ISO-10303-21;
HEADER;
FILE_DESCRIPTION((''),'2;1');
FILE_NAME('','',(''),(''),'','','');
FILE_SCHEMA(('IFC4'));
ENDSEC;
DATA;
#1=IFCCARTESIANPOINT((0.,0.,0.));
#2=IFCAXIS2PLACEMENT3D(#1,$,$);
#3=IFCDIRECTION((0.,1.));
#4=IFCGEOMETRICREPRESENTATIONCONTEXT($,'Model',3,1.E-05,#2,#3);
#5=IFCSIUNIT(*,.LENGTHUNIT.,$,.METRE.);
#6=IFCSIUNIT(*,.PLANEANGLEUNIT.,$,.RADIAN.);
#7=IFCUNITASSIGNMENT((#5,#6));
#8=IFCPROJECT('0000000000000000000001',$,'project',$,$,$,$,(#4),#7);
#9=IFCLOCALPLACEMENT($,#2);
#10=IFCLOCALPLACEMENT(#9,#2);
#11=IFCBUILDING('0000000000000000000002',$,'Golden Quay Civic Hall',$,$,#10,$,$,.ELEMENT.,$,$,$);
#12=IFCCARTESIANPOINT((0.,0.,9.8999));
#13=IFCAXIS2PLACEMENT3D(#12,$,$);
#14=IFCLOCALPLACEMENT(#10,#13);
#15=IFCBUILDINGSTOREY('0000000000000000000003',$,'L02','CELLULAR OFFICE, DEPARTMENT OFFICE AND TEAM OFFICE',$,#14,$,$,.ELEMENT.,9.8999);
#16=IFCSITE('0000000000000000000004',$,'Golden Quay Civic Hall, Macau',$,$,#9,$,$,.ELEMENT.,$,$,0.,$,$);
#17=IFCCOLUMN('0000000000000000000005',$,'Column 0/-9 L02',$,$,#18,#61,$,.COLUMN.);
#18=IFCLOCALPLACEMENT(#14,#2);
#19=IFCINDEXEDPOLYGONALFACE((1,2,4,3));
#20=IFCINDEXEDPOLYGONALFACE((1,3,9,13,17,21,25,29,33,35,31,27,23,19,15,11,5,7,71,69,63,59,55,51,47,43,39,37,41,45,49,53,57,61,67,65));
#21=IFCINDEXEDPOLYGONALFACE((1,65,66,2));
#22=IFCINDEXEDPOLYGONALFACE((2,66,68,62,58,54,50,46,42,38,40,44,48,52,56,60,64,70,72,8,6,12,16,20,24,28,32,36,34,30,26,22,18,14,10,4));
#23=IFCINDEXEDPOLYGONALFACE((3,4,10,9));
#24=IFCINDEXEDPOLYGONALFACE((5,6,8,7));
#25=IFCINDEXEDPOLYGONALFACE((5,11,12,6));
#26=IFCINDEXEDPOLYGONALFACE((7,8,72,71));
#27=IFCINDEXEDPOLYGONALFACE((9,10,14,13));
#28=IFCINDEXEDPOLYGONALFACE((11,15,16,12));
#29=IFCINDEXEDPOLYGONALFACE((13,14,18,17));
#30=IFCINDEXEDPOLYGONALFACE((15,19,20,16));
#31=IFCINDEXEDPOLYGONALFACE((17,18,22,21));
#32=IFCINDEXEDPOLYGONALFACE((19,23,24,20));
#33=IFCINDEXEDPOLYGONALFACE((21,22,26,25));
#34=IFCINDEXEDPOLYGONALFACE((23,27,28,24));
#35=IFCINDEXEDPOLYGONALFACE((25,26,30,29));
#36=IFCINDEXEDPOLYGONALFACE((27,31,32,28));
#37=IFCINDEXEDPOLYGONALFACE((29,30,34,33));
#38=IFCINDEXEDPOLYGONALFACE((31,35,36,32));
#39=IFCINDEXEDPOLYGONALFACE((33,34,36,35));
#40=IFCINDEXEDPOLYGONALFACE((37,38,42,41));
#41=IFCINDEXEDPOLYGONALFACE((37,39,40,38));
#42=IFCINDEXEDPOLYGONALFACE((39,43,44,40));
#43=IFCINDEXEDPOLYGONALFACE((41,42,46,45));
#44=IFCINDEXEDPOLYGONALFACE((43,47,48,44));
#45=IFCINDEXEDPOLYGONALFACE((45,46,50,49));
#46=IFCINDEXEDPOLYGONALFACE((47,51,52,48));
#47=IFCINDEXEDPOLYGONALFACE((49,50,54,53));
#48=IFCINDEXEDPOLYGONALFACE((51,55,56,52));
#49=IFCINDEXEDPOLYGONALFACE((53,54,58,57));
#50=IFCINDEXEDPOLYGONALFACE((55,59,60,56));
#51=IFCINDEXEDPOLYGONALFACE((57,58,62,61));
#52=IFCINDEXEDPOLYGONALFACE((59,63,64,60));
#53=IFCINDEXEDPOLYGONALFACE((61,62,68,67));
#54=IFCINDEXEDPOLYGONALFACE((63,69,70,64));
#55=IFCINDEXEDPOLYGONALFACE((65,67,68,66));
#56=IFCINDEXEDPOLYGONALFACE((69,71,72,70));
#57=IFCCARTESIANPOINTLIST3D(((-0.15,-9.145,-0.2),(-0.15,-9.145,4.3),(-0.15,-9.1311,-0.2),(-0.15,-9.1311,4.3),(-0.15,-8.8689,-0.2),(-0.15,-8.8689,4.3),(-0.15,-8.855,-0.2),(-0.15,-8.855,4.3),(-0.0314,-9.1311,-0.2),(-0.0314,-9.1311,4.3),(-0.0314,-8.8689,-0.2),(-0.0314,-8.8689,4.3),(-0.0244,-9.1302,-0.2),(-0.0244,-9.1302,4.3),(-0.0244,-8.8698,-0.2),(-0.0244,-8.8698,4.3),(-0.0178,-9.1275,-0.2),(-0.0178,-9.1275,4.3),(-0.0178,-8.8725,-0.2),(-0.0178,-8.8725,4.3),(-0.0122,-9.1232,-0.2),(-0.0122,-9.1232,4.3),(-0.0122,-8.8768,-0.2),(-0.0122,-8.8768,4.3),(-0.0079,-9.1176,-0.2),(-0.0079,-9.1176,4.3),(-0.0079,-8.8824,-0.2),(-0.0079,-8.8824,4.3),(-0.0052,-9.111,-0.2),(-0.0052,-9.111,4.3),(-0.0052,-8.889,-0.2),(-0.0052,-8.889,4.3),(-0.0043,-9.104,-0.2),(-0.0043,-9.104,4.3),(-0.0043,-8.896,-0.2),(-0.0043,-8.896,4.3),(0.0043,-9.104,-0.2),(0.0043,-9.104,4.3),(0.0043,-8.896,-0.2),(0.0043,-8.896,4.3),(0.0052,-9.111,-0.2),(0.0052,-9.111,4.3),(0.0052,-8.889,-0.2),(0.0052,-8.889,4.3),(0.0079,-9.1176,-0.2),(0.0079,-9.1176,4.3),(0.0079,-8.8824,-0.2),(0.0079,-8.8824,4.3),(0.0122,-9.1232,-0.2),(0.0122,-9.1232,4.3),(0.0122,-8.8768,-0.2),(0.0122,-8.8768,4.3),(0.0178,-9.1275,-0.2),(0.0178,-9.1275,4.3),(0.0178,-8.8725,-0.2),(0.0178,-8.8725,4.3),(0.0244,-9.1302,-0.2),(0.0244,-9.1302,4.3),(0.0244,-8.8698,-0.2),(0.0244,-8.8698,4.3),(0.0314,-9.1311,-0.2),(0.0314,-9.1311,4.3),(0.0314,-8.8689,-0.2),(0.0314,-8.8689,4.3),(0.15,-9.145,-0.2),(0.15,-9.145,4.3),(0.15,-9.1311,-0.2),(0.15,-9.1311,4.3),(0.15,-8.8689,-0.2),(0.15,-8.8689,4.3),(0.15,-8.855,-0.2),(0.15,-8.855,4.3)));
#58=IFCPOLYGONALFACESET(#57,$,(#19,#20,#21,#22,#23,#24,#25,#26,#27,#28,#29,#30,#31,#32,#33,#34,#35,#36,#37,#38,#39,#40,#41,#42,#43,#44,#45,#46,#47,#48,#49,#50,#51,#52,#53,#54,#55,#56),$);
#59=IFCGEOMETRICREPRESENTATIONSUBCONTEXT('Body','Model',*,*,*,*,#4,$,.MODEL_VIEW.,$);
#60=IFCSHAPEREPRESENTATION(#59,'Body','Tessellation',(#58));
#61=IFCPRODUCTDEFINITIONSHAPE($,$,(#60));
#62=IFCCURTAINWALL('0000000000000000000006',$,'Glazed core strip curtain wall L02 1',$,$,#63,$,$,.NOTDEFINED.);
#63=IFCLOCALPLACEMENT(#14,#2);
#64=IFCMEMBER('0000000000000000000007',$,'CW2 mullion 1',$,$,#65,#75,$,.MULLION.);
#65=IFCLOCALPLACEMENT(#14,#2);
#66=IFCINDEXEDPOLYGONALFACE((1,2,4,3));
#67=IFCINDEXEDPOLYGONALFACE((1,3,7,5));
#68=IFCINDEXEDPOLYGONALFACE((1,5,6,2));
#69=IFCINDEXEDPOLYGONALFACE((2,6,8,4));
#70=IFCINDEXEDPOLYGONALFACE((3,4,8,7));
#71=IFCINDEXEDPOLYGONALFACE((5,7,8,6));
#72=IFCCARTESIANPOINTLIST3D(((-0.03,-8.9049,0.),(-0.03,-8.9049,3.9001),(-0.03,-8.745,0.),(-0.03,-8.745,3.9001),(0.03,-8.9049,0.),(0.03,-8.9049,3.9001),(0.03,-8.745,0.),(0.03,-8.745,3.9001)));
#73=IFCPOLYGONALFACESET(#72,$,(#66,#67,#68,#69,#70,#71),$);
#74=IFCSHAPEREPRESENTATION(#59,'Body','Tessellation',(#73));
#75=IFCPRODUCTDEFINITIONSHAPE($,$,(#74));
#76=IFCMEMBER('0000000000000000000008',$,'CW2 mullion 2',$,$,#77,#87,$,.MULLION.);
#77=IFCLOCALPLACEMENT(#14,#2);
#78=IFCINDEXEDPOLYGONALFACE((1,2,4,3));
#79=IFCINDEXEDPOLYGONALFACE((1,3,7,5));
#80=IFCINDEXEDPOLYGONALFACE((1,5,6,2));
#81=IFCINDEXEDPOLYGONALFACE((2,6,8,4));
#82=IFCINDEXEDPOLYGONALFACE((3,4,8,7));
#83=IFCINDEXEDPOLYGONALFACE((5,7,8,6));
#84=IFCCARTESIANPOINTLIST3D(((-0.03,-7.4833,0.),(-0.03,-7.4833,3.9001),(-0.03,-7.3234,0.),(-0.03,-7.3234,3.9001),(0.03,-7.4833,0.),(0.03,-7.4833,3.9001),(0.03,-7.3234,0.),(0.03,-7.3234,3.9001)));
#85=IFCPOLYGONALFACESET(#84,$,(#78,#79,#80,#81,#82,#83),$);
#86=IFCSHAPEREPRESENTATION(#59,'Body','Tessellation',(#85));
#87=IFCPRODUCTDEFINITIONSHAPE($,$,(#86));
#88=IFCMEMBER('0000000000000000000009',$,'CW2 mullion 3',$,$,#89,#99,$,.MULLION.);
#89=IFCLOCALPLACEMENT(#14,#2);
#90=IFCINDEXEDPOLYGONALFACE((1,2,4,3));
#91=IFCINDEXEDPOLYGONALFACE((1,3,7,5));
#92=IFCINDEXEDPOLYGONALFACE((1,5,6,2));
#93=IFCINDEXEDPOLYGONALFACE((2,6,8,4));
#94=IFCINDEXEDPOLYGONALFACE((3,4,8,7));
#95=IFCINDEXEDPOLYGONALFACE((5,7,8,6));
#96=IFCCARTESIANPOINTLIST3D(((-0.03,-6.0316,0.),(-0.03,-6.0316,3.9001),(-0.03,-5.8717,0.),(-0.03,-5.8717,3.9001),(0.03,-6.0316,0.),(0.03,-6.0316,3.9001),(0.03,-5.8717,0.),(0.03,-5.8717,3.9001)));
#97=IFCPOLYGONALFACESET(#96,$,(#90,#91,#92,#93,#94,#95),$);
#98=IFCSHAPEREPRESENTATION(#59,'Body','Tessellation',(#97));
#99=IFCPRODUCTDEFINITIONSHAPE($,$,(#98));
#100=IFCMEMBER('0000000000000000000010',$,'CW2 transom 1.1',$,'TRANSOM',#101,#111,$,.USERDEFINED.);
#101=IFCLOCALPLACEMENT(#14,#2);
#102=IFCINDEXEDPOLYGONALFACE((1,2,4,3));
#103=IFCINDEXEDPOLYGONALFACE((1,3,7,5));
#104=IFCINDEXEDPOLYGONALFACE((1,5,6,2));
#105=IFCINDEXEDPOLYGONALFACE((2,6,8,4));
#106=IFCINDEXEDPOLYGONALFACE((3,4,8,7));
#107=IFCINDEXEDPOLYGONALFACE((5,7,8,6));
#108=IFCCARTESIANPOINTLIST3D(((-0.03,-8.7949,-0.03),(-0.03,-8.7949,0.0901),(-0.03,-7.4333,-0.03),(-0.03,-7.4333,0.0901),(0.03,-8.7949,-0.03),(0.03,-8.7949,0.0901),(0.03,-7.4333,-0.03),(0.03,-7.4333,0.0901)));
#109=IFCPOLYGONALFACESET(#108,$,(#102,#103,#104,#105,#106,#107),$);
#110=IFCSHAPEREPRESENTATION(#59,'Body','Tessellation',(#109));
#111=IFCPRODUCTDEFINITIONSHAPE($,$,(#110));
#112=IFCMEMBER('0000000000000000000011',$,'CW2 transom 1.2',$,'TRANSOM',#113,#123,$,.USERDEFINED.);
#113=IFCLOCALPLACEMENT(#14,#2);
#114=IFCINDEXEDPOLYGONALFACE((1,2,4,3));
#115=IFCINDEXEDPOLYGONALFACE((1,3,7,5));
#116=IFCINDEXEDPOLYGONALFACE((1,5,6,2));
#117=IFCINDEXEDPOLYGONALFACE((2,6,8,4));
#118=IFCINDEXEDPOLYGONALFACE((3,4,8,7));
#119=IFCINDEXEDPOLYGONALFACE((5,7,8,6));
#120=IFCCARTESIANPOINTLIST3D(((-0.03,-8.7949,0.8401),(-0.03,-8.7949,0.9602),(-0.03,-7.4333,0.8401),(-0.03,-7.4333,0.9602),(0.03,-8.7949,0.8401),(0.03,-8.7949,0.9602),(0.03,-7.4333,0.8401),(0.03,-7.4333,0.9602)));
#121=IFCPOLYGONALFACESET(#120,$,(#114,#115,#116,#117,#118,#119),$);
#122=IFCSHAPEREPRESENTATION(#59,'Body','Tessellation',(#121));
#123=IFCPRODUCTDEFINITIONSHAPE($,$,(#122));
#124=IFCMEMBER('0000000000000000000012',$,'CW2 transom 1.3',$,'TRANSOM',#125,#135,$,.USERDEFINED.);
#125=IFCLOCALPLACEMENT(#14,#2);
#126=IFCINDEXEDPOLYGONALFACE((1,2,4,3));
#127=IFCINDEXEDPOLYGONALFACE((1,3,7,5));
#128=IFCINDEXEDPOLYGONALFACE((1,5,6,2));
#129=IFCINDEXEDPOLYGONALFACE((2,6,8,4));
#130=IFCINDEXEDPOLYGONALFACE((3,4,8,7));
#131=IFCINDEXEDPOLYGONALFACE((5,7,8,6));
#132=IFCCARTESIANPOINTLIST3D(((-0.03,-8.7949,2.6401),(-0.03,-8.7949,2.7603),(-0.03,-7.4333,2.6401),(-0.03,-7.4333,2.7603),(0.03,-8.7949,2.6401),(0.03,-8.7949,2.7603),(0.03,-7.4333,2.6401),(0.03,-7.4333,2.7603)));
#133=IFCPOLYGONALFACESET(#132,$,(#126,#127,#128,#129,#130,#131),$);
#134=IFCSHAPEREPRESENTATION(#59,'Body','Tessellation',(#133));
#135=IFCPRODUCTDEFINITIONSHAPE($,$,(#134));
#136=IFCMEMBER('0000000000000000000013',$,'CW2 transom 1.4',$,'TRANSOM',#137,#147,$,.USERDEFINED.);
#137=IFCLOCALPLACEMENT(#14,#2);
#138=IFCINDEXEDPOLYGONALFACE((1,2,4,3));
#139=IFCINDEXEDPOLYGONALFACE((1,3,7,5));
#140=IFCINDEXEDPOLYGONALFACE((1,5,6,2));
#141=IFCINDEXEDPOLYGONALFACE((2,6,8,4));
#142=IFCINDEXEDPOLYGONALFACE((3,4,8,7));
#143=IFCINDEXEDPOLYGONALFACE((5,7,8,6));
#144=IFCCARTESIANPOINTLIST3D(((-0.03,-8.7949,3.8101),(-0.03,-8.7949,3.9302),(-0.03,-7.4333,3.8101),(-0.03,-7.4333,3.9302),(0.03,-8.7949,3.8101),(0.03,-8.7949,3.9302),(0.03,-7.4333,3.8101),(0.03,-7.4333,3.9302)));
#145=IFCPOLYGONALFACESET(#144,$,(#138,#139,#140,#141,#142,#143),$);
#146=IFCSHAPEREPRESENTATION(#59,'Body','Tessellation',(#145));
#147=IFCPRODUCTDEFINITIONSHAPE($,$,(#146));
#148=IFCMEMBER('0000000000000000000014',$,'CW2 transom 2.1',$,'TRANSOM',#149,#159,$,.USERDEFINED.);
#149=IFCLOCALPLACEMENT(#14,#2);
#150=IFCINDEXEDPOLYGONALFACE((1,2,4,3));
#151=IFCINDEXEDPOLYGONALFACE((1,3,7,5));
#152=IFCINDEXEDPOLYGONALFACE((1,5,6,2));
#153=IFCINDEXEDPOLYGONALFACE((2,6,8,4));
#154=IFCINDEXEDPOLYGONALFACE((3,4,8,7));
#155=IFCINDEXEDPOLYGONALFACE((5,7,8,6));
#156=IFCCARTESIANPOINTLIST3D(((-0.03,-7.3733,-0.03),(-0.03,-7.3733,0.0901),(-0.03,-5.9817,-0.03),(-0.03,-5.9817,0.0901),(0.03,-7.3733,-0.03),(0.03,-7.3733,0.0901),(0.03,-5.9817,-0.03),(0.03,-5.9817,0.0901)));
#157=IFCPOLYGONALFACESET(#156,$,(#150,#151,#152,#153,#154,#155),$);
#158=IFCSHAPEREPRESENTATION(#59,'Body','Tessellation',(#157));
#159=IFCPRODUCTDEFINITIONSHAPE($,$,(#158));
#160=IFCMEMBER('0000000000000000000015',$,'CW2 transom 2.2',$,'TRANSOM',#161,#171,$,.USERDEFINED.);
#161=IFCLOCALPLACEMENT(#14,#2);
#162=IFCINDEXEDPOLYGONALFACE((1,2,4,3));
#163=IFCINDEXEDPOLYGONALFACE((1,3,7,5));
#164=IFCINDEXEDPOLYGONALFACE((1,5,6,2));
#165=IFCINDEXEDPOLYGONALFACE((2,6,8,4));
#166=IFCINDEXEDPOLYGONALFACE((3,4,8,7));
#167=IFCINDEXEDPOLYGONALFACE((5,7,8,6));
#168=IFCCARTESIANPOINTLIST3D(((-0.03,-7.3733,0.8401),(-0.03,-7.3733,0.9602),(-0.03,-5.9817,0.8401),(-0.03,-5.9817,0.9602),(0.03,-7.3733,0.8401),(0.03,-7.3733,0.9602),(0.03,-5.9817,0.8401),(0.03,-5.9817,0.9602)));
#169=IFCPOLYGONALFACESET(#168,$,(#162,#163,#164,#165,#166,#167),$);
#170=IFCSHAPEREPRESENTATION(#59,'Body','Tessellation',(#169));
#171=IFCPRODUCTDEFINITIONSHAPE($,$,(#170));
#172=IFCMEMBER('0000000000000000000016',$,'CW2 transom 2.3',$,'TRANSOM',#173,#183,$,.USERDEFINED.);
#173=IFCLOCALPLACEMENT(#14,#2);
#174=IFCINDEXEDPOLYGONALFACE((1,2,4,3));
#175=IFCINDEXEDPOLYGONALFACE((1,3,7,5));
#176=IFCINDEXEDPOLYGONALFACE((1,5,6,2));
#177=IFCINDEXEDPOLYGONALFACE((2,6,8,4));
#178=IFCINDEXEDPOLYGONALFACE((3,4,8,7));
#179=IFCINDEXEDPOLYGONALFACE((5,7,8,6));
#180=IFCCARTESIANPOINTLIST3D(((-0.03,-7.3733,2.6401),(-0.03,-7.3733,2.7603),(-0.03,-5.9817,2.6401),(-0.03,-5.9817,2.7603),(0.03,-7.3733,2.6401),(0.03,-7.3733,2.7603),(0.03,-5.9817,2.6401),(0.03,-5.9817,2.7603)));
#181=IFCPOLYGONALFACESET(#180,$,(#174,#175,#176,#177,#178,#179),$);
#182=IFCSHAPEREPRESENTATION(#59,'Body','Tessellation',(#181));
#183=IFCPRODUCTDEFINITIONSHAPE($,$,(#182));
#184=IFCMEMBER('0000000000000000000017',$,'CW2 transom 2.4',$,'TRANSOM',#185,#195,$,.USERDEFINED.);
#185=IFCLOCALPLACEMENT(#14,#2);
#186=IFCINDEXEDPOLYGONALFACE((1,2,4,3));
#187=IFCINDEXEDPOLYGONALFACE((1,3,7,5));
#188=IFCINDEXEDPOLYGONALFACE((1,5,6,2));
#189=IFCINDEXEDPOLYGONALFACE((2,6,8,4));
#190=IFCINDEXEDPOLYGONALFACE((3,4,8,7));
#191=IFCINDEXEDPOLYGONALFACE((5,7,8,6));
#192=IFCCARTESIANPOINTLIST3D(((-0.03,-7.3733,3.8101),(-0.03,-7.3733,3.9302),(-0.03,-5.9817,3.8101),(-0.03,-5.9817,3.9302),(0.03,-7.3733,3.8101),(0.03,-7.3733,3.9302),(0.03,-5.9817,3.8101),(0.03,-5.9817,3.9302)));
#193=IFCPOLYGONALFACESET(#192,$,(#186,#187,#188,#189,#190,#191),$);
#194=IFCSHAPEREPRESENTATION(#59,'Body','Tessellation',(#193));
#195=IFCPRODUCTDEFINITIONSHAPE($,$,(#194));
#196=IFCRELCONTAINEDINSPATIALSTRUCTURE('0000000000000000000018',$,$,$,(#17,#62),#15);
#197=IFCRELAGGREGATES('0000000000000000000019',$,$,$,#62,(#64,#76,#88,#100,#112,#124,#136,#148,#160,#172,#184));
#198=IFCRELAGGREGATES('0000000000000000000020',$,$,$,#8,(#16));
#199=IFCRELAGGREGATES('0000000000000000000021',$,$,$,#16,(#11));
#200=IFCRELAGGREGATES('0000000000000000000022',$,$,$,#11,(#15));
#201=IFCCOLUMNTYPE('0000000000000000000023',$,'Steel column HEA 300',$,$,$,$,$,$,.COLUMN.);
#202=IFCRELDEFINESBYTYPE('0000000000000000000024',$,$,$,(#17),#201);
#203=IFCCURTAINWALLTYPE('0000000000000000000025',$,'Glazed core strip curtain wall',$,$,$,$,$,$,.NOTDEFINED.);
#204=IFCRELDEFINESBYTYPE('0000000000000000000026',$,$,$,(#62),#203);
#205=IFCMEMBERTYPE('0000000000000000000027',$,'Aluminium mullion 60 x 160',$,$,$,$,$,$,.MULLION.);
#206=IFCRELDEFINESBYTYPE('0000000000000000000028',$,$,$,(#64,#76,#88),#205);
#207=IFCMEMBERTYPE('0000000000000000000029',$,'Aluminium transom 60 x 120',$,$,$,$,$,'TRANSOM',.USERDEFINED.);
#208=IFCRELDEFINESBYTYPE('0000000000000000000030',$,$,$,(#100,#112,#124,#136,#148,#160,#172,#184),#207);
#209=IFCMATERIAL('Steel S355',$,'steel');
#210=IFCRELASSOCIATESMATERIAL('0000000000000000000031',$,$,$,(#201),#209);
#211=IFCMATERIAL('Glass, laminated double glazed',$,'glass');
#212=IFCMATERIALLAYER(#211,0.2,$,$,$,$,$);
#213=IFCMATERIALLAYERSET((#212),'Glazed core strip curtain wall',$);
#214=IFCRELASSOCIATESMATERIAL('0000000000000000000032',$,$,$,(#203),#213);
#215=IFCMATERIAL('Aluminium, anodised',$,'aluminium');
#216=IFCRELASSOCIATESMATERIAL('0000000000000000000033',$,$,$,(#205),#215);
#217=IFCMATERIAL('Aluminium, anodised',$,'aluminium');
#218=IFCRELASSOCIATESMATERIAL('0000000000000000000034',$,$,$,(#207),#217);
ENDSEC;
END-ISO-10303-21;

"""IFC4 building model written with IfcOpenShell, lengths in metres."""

from ifc_helpers import new_model, si_unit, direction, frame, origin, origin_2d, place, context, subcontext, project, spatial, rectangle, i_section, extrude, material, layer, layer_set, material_profile, profile_set, type_object, element, aggregate, save


model = new_model("IFC4")

# Units and contexts
model_context = context("Model", 3, precision=1e-05, world=origin(), true_north=direction((0.0, 1.0)))
body_context = subcontext(model_context, "Body", "Model", "MODEL_VIEW")
ifc_project = project(units=[si_unit("LENGTHUNIT", "METRE"), si_unit("PLANEANGLEUNIT", "RADIAN")], contexts=[model_context])

# Site, building, storey
site_placement = place(None, origin())
site = spatial("IfcSite", under=ifc_project, at=site_placement, Name="Golden Quay Civic Hall, Macau", CompositionType="ELEMENT", RefElevation=0.0)
building_placement = place(site_placement, origin())
building = spatial("IfcBuilding", under=site, at=building_placement, Name="Golden Quay Civic Hall", CompositionType="ELEMENT")
storey_placement = place(building_placement, frame((0.0, 0.0, 9.8999)))
storey = spatial("IfcBuildingStorey", under=building, at=storey_placement, Name="L02", Description="CELLULAR OFFICE, DEPARTMENT OFFICE AND TEAM OFFICE", CompositionType="ELEMENT", Elevation=9.8999)

# Column
ifc_material_1 = material(Name="Steel S355", Category="steel")
ifc_material_profile_1 = material_profile(ifc_material_1, i_section(OverallWidth=0.3, OverallDepth=0.29, WebThickness=0.0085, FlangeThickness=0.0139, FilletRadius=0.0271, at=origin_2d()), Name="HEA 300")
ifc_profile_set_1 = profile_set([ifc_material_profile_1], Name="Steel S355")
column_type = type_object("IfcColumnType", Name="Steel column HEA 300", PredefinedType="COLUMN", material=ifc_profile_set_1)
column_placement = place(storey_placement, frame((0.0, -9.0, -0.2), z_axis=(0.0, 0.0, 1.0), x_axis=(1.0, 0.0, 0.0)))
element("IfcColumn", 1, at=column_placement, inside=storey, type_object=column_type, Name="Column 0/-9 L02", PredefinedType="COLUMN", context=body_context, shape_type="SweptSolid", body=[
    extrude(i_section(OverallWidth=0.3, OverallDepth=0.29, WebThickness=0.0085, FlangeThickness=0.0139, FilletRadius=0.0271, at=origin_2d()), origin(), (0.0, 0.0, 1.0), 4.5),
])

# Curtain wall, members
ifc_material_2 = material(Name="Glass, laminated double glazed", Category="glass")
ifc_layer_1 = layer(ifc_material_2, 0.2)
ifc_layer_set_1 = layer_set([ifc_layer_1], Name="Glazed core strip curtain wall")
curtain_wall_type = type_object("IfcCurtainWallType", Name="Glazed core strip curtain wall", PredefinedType="NOTDEFINED", material=ifc_layer_set_1)
curtain_wall_placement = place(storey_placement, origin())
curtain_wall = element("IfcCurtainWall", 2, at=curtain_wall_placement, inside=storey, type_object=curtain_wall_type, Name="Glazed core strip curtain wall L02 1", PredefinedType="NOTDEFINED")
ifc_material_3 = material(Name="Aluminium, anodised", Category="aluminium")
ifc_material_profile_2 = material_profile(ifc_material_3, rectangle(XDim=0.0601, YDim=0.1599, at=origin_2d()), Name="Aluminium 60 x 160")
ifc_profile_set_2 = profile_set([ifc_material_profile_2], Name="Aluminium, anodised")
member_type_1 = type_object("IfcMemberType", Name="Aluminium mullion 60 x 160", PredefinedType="MULLION", material=ifc_profile_set_2)
member_1_placement = place(storey_placement, frame((0.0, -8.825, 0.0), z_axis=(0.0, 0.0, 1.0), x_axis=(-1.0, 0.0, 0.0)))
member_1 = element("IfcMember", 3, at=member_1_placement, type_object=member_type_1, Name="CW2 mullion 1", PredefinedType="MULLION", context=body_context, shape_type="SweptSolid", body=[
    extrude(rectangle(XDim=0.0601, YDim=0.1599, at=origin_2d()), origin(), (0.0, 0.0, 1.0), 3.9001),
])
member_2_placement = place(storey_placement, frame((0.0, -7.4033, 0.0), z_axis=(0.0, 0.0, 1.0), x_axis=(-1.0, 0.0, 0.0)))
member_2 = element("IfcMember", 4, at=member_2_placement, type_object=member_type_1, Name="CW2 mullion 2", PredefinedType="MULLION", context=body_context, shape_type="SweptSolid", body=[
    extrude(rectangle(XDim=0.0601, YDim=0.1599, at=origin_2d()), origin(), (0.0, 0.0, 1.0), 3.9001),
])
member_3_placement = place(storey_placement, frame((0.0, -5.9517, 0.0), z_axis=(0.0, 0.0, 1.0), x_axis=(-1.0, 0.0, 0.0)))
member_3 = element("IfcMember", 5, at=member_3_placement, type_object=member_type_1, Name="CW2 mullion 3", PredefinedType="MULLION", context=body_context, shape_type="SweptSolid", body=[
    extrude(rectangle(XDim=0.0601, YDim=0.1599, at=origin_2d()), origin(), (0.0, 0.0, 1.0), 3.9001),
])
ifc_material_4 = material(Name="Aluminium, anodised", Category="aluminium")
ifc_material_profile_3 = material_profile(ifc_material_4, rectangle(XDim=0.0601, YDim=0.1201, at=origin_2d()), Name="Aluminium 60 x 120")
ifc_profile_set_3 = profile_set([ifc_material_profile_3], Name="Aluminium, anodised")
member_type_2 = type_object("IfcMemberType", Name="Aluminium transom 60 x 120", ElementType="TRANSOM", PredefinedType="USERDEFINED", material=ifc_profile_set_3)
member_4_placement = place(storey_placement, frame((0.0, -8.7949, 0.03), z_axis=(0.0, 1.0, 0.0), x_axis=(-1.0, 0.0, 0.0)))
member_4 = element("IfcMember", 6, at=member_4_placement, type_object=member_type_2, Name="CW2 transom 1.1", ObjectType="TRANSOM", PredefinedType="USERDEFINED", context=body_context, shape_type="SweptSolid", body=[
    extrude(rectangle(XDim=0.0601, YDim=0.1201, at=origin_2d()), origin(), (0.0, 0.0, 1.0), 1.3616),
])
member_5_placement = place(storey_placement, frame((0.0, -8.7949, 0.9001), z_axis=(0.0, 1.0, 0.0), x_axis=(-1.0, 0.0, 0.0)))
member_5 = element("IfcMember", 7, at=member_5_placement, type_object=member_type_2, Name="CW2 transom 1.2", ObjectType="TRANSOM", PredefinedType="USERDEFINED", context=body_context, shape_type="SweptSolid", body=[
    extrude(rectangle(XDim=0.0601, YDim=0.1201, at=origin_2d()), origin(), (0.0, 0.0, 1.0), 1.3616),
])
member_6_placement = place(storey_placement, frame((0.0, -8.7949, 2.7002), z_axis=(0.0, 1.0, 0.0), x_axis=(-1.0, 0.0, 0.0)))
member_6 = element("IfcMember", 8, at=member_6_placement, type_object=member_type_2, Name="CW2 transom 1.3", ObjectType="TRANSOM", PredefinedType="USERDEFINED", context=body_context, shape_type="SweptSolid", body=[
    extrude(rectangle(XDim=0.0601, YDim=0.1201, at=origin_2d()), origin(), (0.0, 0.0, 1.0), 1.3616),
])
member_7_placement = place(storey_placement, frame((0.0, -8.7949, 3.8701), z_axis=(0.0, 1.0, 0.0), x_axis=(-1.0, 0.0, 0.0)))
member_7 = element("IfcMember", 9, at=member_7_placement, type_object=member_type_2, Name="CW2 transom 1.4", ObjectType="TRANSOM", PredefinedType="USERDEFINED", context=body_context, shape_type="SweptSolid", body=[
    extrude(rectangle(XDim=0.0601, YDim=0.1201, at=origin_2d()), origin(), (0.0, 0.0, 1.0), 1.3616),
])
member_8_placement = place(storey_placement, frame((0.0, -7.3733, 0.03), z_axis=(0.0, 1.0, 0.0), x_axis=(-1.0, 0.0, 0.0)))
member_8 = element("IfcMember", 10, at=member_8_placement, type_object=member_type_2, Name="CW2 transom 2.1", ObjectType="TRANSOM", PredefinedType="USERDEFINED", context=body_context, shape_type="SweptSolid", body=[
    extrude(rectangle(XDim=0.0601, YDim=0.1201, at=origin_2d()), origin(), (0.0, 0.0, 1.0), 1.3916),
])
member_9_placement = place(storey_placement, frame((0.0, -7.3733, 0.9001), z_axis=(0.0, 1.0, 0.0), x_axis=(-1.0, 0.0, 0.0)))
member_9 = element("IfcMember", 11, at=member_9_placement, type_object=member_type_2, Name="CW2 transom 2.2", ObjectType="TRANSOM", PredefinedType="USERDEFINED", context=body_context, shape_type="SweptSolid", body=[
    extrude(rectangle(XDim=0.0601, YDim=0.1201, at=origin_2d()), origin(), (0.0, 0.0, 1.0), 1.3916),
])
member_10_placement = place(storey_placement, frame((0.0, -7.3733, 2.7002), z_axis=(0.0, 1.0, 0.0), x_axis=(-1.0, 0.0, 0.0)))
member_10 = element("IfcMember", 12, at=member_10_placement, type_object=member_type_2, Name="CW2 transom 2.3", ObjectType="TRANSOM", PredefinedType="USERDEFINED", context=body_context, shape_type="SweptSolid", body=[
    extrude(rectangle(XDim=0.0601, YDim=0.1201, at=origin_2d()), origin(), (0.0, 0.0, 1.0), 1.3916),
])
member_11_placement = place(storey_placement, frame((0.0, -7.3733, 3.8701), z_axis=(0.0, 1.0, 0.0), x_axis=(-1.0, 0.0, 0.0)))
member_11 = element("IfcMember", 13, at=member_11_placement, type_object=member_type_2, Name="CW2 transom 2.4", ObjectType="TRANSOM", PredefinedType="USERDEFINED", context=body_context, shape_type="SweptSolid", body=[
    extrude(rectangle(XDim=0.0601, YDim=0.1201, at=origin_2d()), origin(), (0.0, 0.0, 1.0), 1.3916),
])

aggregate(curtain_wall, [member_1, member_2, member_3, member_4, member_5, member_6, member_7, member_8, member_9, member_10, member_11])

save(model, "model.ifc")
